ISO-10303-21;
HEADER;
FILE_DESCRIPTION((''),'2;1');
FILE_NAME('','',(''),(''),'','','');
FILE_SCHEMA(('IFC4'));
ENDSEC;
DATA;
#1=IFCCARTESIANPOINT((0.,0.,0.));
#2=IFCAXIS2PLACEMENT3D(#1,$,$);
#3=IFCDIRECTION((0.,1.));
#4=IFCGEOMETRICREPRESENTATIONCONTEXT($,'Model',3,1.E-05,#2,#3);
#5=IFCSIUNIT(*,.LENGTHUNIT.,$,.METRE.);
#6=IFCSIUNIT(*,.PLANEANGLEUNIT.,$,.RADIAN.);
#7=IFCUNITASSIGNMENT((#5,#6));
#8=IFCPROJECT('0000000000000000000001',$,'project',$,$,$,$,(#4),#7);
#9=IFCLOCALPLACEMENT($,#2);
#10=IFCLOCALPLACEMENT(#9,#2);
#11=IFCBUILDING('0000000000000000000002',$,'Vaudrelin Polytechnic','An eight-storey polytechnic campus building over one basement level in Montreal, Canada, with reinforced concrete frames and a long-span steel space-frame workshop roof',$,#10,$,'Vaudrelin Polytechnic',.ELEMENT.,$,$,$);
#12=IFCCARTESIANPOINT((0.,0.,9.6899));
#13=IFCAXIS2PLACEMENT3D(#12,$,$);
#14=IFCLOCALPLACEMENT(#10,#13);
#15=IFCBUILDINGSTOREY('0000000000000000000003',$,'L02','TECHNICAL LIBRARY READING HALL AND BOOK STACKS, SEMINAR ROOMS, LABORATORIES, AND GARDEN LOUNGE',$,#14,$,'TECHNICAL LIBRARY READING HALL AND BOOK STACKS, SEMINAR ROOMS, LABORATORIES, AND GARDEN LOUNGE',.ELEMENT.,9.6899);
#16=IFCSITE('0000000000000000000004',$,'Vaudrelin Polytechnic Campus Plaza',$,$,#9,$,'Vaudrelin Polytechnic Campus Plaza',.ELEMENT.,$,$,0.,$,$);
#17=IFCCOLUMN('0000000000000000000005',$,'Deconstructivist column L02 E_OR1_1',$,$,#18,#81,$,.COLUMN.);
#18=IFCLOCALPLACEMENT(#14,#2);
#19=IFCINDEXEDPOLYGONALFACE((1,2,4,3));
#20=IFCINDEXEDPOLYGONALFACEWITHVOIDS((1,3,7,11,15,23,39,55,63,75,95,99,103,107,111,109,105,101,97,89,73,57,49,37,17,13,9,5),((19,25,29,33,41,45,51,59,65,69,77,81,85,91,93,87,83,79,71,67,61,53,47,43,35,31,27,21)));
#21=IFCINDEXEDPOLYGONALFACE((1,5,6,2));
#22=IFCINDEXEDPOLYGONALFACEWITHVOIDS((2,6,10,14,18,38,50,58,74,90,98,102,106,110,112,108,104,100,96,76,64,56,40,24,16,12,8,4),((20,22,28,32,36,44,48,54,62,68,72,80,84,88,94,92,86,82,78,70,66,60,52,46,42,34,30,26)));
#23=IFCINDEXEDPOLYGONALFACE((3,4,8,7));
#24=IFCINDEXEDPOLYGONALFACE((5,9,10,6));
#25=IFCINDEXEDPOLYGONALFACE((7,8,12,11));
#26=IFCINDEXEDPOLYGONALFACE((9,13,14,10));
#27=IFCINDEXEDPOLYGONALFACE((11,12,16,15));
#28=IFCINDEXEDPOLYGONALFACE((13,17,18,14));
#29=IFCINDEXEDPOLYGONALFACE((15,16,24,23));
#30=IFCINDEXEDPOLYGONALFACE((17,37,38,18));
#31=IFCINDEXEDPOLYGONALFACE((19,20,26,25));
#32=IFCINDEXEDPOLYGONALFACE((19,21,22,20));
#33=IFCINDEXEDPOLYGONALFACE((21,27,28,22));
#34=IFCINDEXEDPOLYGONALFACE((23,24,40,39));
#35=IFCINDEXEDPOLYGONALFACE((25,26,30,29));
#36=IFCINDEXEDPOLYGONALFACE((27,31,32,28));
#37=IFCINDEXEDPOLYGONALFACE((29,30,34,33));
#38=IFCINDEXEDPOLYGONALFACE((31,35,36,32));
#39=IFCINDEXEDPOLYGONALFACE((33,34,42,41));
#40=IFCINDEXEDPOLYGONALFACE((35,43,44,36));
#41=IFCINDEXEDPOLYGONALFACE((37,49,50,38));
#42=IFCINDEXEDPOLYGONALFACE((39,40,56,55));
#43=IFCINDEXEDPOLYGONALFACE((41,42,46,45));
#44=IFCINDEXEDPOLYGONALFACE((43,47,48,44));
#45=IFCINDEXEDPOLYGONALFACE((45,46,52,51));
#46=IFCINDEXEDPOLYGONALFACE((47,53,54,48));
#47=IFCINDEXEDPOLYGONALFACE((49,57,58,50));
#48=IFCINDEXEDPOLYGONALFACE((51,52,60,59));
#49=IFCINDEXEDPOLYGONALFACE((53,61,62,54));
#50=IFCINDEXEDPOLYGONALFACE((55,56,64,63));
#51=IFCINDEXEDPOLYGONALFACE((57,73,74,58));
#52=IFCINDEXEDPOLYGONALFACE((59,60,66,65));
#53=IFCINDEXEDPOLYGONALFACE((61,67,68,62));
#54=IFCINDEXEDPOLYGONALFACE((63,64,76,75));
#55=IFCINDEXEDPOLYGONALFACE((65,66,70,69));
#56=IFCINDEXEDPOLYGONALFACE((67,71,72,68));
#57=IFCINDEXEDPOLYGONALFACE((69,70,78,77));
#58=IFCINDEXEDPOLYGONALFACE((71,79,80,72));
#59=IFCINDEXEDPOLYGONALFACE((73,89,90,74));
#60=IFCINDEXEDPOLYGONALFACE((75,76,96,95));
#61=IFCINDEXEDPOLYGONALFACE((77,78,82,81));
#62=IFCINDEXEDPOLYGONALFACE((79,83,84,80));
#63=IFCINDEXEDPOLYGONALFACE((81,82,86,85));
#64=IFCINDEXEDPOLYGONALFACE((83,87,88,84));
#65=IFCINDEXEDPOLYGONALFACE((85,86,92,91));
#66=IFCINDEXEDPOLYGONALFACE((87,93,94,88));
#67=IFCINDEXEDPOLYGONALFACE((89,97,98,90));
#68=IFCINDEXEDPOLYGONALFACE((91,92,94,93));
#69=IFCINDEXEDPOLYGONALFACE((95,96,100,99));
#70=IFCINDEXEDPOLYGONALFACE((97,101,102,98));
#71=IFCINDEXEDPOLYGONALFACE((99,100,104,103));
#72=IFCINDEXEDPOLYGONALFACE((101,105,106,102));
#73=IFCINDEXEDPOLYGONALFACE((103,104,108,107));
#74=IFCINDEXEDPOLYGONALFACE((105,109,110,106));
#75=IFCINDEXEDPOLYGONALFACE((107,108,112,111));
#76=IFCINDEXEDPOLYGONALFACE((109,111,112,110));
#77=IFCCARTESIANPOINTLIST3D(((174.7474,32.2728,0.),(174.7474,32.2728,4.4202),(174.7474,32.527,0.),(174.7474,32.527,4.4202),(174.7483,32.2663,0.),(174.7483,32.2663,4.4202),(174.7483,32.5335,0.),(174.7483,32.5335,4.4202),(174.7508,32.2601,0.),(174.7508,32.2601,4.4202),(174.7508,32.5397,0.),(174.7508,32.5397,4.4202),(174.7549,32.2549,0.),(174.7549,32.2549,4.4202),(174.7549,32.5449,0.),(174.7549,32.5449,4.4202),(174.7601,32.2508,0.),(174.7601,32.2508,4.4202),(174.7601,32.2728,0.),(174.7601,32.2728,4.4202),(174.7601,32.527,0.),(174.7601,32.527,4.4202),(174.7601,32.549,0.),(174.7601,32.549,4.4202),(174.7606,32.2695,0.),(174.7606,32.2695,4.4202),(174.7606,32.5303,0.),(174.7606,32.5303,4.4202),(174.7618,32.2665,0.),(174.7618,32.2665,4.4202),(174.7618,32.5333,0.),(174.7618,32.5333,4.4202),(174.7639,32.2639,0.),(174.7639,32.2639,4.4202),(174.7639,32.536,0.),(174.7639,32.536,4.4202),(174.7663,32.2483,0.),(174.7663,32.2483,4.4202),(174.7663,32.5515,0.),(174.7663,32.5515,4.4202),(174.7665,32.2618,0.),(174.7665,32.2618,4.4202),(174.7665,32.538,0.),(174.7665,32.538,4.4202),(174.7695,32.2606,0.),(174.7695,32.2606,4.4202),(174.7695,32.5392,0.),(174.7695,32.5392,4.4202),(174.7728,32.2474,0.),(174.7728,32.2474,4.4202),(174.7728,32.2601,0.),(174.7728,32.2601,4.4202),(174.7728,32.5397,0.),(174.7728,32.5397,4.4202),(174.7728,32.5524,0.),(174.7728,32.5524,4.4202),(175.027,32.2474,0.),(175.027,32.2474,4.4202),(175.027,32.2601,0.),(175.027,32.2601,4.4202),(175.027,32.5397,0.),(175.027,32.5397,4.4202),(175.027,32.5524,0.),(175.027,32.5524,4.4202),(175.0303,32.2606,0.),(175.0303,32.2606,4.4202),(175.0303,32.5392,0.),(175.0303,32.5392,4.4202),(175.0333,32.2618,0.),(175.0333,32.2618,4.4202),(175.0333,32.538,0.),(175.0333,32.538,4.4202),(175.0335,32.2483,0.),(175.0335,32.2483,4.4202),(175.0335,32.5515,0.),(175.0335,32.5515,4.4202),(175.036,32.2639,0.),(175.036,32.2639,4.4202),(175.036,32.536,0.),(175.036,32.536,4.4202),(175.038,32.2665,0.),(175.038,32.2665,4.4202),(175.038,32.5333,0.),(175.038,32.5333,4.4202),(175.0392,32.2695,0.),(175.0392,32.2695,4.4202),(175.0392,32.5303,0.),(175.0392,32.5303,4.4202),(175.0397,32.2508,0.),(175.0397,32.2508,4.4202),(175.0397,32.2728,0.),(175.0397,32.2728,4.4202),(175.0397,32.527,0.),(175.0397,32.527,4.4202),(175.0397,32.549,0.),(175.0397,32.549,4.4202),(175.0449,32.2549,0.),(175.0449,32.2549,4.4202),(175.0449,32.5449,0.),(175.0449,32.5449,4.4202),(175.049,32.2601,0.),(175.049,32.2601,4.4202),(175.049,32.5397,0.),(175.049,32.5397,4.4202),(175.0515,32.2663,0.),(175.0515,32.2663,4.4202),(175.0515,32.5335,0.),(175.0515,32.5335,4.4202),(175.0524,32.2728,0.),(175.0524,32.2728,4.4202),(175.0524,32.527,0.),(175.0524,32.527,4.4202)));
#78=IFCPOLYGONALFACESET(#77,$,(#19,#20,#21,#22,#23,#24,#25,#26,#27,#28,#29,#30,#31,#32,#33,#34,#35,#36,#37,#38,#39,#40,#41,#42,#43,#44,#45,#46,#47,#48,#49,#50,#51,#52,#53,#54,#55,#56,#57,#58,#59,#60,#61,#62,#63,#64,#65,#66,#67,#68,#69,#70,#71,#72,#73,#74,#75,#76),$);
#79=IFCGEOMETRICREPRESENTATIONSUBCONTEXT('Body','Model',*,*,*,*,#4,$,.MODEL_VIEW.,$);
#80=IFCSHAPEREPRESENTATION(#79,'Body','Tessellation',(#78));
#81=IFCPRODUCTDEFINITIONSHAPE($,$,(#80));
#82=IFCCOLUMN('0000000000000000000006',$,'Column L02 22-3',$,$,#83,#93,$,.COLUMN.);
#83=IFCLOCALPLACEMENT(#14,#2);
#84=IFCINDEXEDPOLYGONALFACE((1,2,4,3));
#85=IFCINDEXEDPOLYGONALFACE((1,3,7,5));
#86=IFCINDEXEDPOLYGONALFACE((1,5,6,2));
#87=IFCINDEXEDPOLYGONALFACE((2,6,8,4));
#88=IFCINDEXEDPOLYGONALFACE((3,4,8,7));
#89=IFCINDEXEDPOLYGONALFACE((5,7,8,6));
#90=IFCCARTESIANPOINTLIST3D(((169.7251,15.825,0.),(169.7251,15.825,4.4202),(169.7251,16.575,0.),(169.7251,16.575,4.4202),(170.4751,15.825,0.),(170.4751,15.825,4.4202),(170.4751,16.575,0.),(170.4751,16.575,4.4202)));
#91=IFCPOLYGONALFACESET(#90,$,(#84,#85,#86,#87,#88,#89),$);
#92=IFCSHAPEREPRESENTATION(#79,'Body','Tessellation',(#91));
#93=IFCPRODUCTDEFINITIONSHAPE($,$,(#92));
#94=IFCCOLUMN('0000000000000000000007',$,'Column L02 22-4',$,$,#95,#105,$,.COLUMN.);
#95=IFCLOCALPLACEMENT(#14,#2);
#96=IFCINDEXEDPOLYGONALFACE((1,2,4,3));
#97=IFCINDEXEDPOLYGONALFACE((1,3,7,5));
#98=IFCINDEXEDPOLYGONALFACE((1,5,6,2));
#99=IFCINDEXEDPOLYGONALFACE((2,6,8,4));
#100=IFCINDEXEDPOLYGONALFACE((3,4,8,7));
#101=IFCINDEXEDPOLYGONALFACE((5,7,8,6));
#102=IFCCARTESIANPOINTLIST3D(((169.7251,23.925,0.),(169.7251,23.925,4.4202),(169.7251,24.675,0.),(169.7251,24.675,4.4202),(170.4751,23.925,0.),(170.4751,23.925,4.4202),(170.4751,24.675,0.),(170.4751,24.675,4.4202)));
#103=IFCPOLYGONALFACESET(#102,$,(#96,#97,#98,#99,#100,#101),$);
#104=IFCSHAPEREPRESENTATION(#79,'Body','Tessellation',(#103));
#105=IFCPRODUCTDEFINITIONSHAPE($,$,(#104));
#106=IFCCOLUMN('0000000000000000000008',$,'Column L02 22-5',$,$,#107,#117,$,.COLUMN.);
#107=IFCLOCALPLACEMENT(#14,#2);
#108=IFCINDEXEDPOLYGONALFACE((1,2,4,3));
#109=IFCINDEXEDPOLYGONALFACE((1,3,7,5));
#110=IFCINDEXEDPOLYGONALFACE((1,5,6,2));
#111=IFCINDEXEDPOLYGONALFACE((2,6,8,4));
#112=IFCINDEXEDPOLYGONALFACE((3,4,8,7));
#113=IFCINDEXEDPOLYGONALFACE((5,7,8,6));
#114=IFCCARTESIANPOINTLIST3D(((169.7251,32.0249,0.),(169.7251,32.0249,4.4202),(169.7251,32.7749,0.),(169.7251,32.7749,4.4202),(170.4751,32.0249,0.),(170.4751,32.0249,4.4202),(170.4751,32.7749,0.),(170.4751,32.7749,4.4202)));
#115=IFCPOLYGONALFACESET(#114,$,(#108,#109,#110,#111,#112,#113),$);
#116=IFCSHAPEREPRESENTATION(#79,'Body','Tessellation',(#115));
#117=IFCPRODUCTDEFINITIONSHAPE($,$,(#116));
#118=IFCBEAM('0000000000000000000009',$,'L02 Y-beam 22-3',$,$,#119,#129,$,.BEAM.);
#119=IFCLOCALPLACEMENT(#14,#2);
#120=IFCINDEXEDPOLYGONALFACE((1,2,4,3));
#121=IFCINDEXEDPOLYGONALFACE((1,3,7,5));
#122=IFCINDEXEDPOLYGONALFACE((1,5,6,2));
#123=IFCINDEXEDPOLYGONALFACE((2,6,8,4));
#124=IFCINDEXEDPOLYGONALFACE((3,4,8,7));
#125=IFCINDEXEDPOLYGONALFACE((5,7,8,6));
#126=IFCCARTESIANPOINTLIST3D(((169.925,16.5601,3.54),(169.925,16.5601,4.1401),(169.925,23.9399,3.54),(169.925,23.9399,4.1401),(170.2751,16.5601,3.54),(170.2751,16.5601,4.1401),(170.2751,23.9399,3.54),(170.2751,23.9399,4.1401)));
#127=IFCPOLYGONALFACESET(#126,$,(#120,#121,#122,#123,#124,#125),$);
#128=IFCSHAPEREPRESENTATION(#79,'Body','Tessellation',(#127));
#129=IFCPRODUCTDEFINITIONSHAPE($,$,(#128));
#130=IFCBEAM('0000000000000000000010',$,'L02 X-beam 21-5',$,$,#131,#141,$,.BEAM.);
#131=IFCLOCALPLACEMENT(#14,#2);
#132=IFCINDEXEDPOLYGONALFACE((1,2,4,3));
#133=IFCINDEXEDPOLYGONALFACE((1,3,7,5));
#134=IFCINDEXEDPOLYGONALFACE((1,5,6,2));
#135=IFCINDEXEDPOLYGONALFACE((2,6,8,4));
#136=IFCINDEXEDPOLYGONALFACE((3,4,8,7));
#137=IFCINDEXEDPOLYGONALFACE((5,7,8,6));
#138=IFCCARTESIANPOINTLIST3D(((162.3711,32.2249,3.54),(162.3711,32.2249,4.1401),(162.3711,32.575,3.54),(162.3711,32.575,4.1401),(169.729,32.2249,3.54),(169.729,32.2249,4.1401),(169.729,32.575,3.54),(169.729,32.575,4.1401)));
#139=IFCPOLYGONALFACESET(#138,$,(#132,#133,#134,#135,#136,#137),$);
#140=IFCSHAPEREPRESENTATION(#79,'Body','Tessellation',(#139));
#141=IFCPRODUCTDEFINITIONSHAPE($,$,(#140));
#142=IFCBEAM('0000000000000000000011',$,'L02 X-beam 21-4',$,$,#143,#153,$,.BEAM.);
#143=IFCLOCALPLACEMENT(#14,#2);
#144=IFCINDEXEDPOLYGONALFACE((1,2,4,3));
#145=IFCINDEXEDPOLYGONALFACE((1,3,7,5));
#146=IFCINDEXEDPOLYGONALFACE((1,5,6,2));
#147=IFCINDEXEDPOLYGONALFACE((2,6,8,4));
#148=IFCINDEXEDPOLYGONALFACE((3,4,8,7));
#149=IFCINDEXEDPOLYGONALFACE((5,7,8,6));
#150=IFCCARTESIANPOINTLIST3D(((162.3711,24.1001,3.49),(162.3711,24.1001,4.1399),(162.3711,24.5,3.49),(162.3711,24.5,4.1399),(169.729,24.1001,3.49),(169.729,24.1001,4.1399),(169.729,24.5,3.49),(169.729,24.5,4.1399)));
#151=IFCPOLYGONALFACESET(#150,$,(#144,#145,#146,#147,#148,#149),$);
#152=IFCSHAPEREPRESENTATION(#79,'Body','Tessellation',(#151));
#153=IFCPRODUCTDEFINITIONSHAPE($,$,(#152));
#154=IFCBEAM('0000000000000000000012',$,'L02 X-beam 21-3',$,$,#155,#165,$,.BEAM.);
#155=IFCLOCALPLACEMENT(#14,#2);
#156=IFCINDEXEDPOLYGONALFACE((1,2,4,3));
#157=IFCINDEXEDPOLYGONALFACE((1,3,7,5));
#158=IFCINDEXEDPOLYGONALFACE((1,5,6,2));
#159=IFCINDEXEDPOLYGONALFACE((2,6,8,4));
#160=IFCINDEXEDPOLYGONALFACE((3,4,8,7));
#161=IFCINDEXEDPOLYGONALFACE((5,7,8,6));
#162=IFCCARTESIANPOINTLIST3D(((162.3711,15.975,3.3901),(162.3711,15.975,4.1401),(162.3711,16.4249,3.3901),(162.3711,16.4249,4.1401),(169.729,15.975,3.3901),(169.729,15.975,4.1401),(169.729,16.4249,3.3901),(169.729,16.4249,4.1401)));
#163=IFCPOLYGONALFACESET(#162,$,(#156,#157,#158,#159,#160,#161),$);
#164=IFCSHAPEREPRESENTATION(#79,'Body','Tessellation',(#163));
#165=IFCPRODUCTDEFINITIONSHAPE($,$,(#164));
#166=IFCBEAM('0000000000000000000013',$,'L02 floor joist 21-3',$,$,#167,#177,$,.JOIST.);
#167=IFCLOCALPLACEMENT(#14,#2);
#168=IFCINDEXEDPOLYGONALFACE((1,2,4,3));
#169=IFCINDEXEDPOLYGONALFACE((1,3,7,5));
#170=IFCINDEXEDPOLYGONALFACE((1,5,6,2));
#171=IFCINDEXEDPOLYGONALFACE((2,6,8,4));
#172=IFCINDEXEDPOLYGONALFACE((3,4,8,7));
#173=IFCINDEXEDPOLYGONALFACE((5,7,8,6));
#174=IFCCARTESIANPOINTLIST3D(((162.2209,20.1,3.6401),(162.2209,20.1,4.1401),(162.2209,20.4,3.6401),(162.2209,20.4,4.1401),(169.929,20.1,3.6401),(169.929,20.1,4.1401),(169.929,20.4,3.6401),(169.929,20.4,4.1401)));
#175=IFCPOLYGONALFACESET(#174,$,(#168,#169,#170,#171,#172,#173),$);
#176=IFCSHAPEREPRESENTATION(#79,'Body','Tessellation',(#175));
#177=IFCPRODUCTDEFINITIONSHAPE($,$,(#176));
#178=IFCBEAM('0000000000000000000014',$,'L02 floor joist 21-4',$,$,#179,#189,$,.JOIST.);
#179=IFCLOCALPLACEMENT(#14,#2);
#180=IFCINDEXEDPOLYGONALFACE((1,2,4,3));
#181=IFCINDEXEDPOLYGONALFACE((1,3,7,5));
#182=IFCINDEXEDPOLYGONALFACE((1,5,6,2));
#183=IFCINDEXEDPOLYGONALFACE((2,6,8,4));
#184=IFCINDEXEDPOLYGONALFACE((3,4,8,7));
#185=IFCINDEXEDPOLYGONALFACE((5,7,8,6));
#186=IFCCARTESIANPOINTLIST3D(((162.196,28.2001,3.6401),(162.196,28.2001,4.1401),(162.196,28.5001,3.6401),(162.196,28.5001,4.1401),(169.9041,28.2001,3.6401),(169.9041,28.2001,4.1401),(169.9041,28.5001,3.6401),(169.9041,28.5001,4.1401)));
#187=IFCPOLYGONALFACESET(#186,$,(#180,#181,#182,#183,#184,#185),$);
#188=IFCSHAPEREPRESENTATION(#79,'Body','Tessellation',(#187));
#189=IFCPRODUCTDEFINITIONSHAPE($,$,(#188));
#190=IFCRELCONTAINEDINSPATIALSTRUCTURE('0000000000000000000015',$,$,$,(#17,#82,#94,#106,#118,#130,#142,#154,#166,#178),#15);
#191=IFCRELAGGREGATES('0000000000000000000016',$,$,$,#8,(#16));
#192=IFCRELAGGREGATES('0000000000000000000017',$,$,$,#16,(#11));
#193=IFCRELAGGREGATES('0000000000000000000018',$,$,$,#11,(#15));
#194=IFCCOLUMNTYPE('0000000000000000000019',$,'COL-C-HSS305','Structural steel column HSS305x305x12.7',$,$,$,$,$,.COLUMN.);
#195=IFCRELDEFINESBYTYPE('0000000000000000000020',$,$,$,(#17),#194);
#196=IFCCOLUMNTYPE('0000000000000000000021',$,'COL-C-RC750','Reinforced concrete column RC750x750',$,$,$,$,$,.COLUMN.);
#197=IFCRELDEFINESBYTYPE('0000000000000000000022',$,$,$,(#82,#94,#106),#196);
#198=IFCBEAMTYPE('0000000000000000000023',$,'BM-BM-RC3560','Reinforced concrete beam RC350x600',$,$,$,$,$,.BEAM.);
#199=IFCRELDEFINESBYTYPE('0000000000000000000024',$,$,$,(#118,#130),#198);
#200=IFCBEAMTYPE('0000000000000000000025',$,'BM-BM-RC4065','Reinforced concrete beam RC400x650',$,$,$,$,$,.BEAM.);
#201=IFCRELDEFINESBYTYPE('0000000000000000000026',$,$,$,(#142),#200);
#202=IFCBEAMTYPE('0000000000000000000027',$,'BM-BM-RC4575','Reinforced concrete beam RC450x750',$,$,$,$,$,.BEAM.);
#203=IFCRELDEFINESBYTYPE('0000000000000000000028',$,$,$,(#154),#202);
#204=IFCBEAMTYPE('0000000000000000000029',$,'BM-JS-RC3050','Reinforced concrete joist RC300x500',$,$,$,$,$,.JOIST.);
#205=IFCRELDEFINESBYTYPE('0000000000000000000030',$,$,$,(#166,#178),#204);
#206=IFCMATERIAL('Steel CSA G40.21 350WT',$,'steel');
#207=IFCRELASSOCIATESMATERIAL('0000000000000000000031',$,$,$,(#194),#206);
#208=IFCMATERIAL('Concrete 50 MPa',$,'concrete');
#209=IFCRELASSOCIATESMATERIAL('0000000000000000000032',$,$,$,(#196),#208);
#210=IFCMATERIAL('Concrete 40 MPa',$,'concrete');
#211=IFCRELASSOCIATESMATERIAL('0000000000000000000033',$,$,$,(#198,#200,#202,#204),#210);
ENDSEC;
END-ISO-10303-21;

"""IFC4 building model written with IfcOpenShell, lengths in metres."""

from ifc_helpers import new_model, si_unit, direction, frame, origin, origin_2d, place, context, subcontext, project, spatial, rectangle, hollow_rectangle, extrude, material, material_profile, profile_set, type_object, element, save


model = new_model("IFC4")

# Units and contexts
model_context = context("Model", 3, precision=1e-05, world=origin(), true_north=direction((0.0, 1.0)))
body_context = subcontext(model_context, "Body", "Model", "MODEL_VIEW")
ifc_project = project(units=[si_unit("LENGTHUNIT", "METRE"), si_unit("PLANEANGLEUNIT", "RADIAN")], contexts=[model_context])

# Site, building, storey
site_placement = place(None, origin())
site = spatial("IfcSite", under=ifc_project, at=site_placement, Name="Vaudrelin Polytechnic Campus Plaza", LongName="Vaudrelin Polytechnic Campus Plaza", CompositionType="ELEMENT", RefElevation=0.0)
building_placement = place(site_placement, origin())
building = spatial("IfcBuilding", under=site, at=building_placement, Name="Vaudrelin Polytechnic", Description="An eight-storey polytechnic campus building over one basement level in Montreal, Canada, with reinforced concrete frames and a long-span steel space-frame workshop roof", LongName="Vaudrelin Polytechnic", CompositionType="ELEMENT")
storey_placement = place(building_placement, frame((0.0, 0.0, 9.6899)))
storey = spatial("IfcBuildingStorey", under=building, at=storey_placement, Name="L02", Description="TECHNICAL LIBRARY READING HALL AND BOOK STACKS, SEMINAR ROOMS, LABORATORIES, AND GARDEN LOUNGE", LongName="TECHNICAL LIBRARY READING HALL AND BOOK STACKS, SEMINAR ROOMS, LABORATORIES, AND GARDEN LOUNGE", CompositionType="ELEMENT", Elevation=9.6899)

# Columns
ifc_material_1 = material(Name="Steel CSA G40.21 350WT", Category="steel")
ifc_material_profile_1 = material_profile(ifc_material_1, hollow_rectangle(XDim=0.3049, YDim=0.3049, WallThickness=0.0127, InnerFilletRadius=0.0127, OuterFilletRadius=0.0254, at=origin_2d()), Name="HSS305x305x12.7")
ifc_profile_set_1 = profile_set([ifc_material_profile_1], Name="Steel CSA G40.21 350WT")
column_type_1 = type_object("IfcColumnType", Name="COL-C-HSS305", Description="Structural steel column HSS305x305x12.7", PredefinedType="COLUMN", material=ifc_profile_set_1)
column_placement = place(storey_placement, frame((174.8999, 32.3999, 0.0), z_axis=(0.0, 0.0, 1.0), x_axis=(1.0, 0.0, 0.0)))
element("IfcColumn", 1, at=column_placement, inside=storey, type_object=column_type_1, Name="Deconstructivist column L02 E_OR1_1", PredefinedType="COLUMN", context=body_context, shape_type="SweptSolid", body=[
    extrude(hollow_rectangle(XDim=0.3049, YDim=0.3049, WallThickness=0.0127, InnerFilletRadius=0.0127, OuterFilletRadius=0.0254, at=origin_2d()), origin(), (0.0, 0.0, 1.0), 4.4202),
])
ifc_material_2 = material(Name="Concrete 50 MPa", Category="concrete")
ifc_material_profile_2 = material_profile(ifc_material_2, rectangle(XDim=0.75, YDim=0.75, at=origin_2d()), Name="RC750x750")
ifc_profile_set_2 = profile_set([ifc_material_profile_2], Name="Concrete 50 MPa")
column_type_2 = type_object("IfcColumnType", Name="COL-C-RC750", Description="Reinforced concrete column RC750x750", PredefinedType="COLUMN", material=ifc_profile_set_2)
for number, where, z_axis, x_axis, name in (
    (2, (170.1001, 16.2, 0.0), (0.0, 0.0, 1.0), (1.0, 0.0, 0.0), "Column L02 22-3"),
    (3, (170.1001, 24.3, 0.0), (0.0, 0.0, 1.0), (1.0, 0.0, 0.0), "Column L02 22-4"),
    (4, (170.1001, 32.3999, 0.0), (0.0, 0.0, 1.0), (1.0, 0.0, 0.0), "Column L02 22-5"),
):
    element("IfcColumn", number, at=place(storey_placement, frame(where, z_axis=z_axis, x_axis=x_axis)), inside=storey, type_object=column_type_2, Name=name, PredefinedType="COLUMN", context=body_context, shape_type="SweptSolid", body=[
        extrude(rectangle(XDim=0.75, YDim=0.75, at=origin_2d()), origin(), (0.0, 0.0, 1.0), 4.4202),
    ])

# Beams
ifc_material_3 = material(Name="Concrete 40 MPa", Category="concrete")
ifc_material_profile_3 = material_profile(ifc_material_3, rectangle(XDim=0.3501, YDim=0.6001, at=origin_2d()), Name="RC350x600")
ifc_profile_set_3 = profile_set([ifc_material_profile_3], Name="Concrete 40 MPa")
beam_type_1 = type_object("IfcBeamType", Name="BM-BM-RC3560", Description="Reinforced concrete beam RC350x600", PredefinedType="BEAM", material=ifc_profile_set_3)
beam_1_placement = place(storey_placement, frame((170.1001, 16.5601, 3.8401), z_axis=(0.0, 1.0, 0.0), x_axis=(-1.0, 0.0, 0.0)))
element("IfcBeam", 5, at=beam_1_placement, inside=storey, type_object=beam_type_1, Name="L02 Y-beam 22-3", PredefinedType="BEAM", context=body_context, shape_type="SweptSolid", body=[
    extrude(rectangle(XDim=0.3501, YDim=0.6001, at=origin_2d()), origin(), (0.0, 0.0, 1.0), 7.3799),
])
beam_2_placement = place(storey_placement, frame((162.3711, 32.3999, 3.8401), z_axis=(1.0, 0.0, 0.0), x_axis=(0.0, 1.0, 0.0)))
element("IfcBeam", 6, at=beam_2_placement, inside=storey, type_object=beam_type_1, Name="L02 X-beam 21-5", PredefinedType="BEAM", context=body_context, shape_type="SweptSolid", body=[
    extrude(rectangle(XDim=0.3501, YDim=0.6001, at=origin_2d()), origin(), (0.0, 0.0, 1.0), 7.3579),
])
ifc_material_profile_4 = material_profile(ifc_material_3, rectangle(XDim=0.3999, YDim=0.6499, at=origin_2d()), Name="RC400x650")
ifc_profile_set_4 = profile_set([ifc_material_profile_4], Name="Concrete 40 MPa")
beam_type_2 = type_object("IfcBeamType", Name="BM-BM-RC4065", Description="Reinforced concrete beam RC400x650", PredefinedType="BEAM", material=ifc_profile_set_4)
beam_3_placement = place(storey_placement, frame((162.3711, 24.3, 3.8149), z_axis=(1.0, 0.0, 0.0), x_axis=(0.0, 1.0, 0.0)))
element("IfcBeam", 7, at=beam_3_placement, inside=storey, type_object=beam_type_2, Name="L02 X-beam 21-4", PredefinedType="BEAM", context=body_context, shape_type="SweptSolid", body=[
    extrude(rectangle(XDim=0.3999, YDim=0.6499, at=origin_2d()), origin(), (0.0, 0.0, 1.0), 7.3579),
])
ifc_material_profile_5 = material_profile(ifc_material_3, rectangle(XDim=0.45, YDim=0.75, at=origin_2d()), Name="RC450x750")
ifc_profile_set_5 = profile_set([ifc_material_profile_5], Name="Concrete 40 MPa")
beam_type_3 = type_object("IfcBeamType", Name="BM-BM-RC4575", Description="Reinforced concrete beam RC450x750", PredefinedType="BEAM", material=ifc_profile_set_5)
beam_4_placement = place(storey_placement, frame((162.3711, 16.2, 3.7651), z_axis=(1.0, 0.0, 0.0), x_axis=(0.0, 1.0, 0.0)))
element("IfcBeam", 8, at=beam_4_placement, inside=storey, type_object=beam_type_3, Name="L02 X-beam 21-3", PredefinedType="BEAM", context=body_context, shape_type="SweptSolid", body=[
    extrude(rectangle(XDim=0.45, YDim=0.75, at=origin_2d()), origin(), (0.0, 0.0, 1.0), 7.3579),
])
ifc_material_profile_6 = material_profile(ifc_material_3, rectangle(XDim=0.3, YDim=0.5, at=origin_2d()), Name="RC300x500")
ifc_profile_set_6 = profile_set([ifc_material_profile_6], Name="Concrete 40 MPa")
beam_type_4 = type_object("IfcBeamType", Name="BM-JS-RC3050", Description="Reinforced concrete joist RC300x500", PredefinedType="JOIST", material=ifc_profile_set_6)
for number, where, z_axis, x_axis, name in (
    (9, (162.2209, 20.25, 3.8901), (1.0, 0.0, 0.0), (0.0, 1.0, 0.0), "L02 floor joist 21-3"),
    (10, (162.196, 28.3501, 3.8901), (1.0, 0.0, 0.0), (0.0, 1.0, 0.0), "L02 floor joist 21-4"),
):
    element("IfcBeam", number, at=place(storey_placement, frame(where, z_axis=z_axis, x_axis=x_axis)), inside=storey, type_object=beam_type_4, Name=name, PredefinedType="JOIST", context=body_context, shape_type="SweptSolid", body=[
        extrude(rectangle(XDim=0.3, YDim=0.5, at=origin_2d()), origin(), (0.0, 0.0, 1.0), 7.708),
    ])

save(model, "model.ifc")
